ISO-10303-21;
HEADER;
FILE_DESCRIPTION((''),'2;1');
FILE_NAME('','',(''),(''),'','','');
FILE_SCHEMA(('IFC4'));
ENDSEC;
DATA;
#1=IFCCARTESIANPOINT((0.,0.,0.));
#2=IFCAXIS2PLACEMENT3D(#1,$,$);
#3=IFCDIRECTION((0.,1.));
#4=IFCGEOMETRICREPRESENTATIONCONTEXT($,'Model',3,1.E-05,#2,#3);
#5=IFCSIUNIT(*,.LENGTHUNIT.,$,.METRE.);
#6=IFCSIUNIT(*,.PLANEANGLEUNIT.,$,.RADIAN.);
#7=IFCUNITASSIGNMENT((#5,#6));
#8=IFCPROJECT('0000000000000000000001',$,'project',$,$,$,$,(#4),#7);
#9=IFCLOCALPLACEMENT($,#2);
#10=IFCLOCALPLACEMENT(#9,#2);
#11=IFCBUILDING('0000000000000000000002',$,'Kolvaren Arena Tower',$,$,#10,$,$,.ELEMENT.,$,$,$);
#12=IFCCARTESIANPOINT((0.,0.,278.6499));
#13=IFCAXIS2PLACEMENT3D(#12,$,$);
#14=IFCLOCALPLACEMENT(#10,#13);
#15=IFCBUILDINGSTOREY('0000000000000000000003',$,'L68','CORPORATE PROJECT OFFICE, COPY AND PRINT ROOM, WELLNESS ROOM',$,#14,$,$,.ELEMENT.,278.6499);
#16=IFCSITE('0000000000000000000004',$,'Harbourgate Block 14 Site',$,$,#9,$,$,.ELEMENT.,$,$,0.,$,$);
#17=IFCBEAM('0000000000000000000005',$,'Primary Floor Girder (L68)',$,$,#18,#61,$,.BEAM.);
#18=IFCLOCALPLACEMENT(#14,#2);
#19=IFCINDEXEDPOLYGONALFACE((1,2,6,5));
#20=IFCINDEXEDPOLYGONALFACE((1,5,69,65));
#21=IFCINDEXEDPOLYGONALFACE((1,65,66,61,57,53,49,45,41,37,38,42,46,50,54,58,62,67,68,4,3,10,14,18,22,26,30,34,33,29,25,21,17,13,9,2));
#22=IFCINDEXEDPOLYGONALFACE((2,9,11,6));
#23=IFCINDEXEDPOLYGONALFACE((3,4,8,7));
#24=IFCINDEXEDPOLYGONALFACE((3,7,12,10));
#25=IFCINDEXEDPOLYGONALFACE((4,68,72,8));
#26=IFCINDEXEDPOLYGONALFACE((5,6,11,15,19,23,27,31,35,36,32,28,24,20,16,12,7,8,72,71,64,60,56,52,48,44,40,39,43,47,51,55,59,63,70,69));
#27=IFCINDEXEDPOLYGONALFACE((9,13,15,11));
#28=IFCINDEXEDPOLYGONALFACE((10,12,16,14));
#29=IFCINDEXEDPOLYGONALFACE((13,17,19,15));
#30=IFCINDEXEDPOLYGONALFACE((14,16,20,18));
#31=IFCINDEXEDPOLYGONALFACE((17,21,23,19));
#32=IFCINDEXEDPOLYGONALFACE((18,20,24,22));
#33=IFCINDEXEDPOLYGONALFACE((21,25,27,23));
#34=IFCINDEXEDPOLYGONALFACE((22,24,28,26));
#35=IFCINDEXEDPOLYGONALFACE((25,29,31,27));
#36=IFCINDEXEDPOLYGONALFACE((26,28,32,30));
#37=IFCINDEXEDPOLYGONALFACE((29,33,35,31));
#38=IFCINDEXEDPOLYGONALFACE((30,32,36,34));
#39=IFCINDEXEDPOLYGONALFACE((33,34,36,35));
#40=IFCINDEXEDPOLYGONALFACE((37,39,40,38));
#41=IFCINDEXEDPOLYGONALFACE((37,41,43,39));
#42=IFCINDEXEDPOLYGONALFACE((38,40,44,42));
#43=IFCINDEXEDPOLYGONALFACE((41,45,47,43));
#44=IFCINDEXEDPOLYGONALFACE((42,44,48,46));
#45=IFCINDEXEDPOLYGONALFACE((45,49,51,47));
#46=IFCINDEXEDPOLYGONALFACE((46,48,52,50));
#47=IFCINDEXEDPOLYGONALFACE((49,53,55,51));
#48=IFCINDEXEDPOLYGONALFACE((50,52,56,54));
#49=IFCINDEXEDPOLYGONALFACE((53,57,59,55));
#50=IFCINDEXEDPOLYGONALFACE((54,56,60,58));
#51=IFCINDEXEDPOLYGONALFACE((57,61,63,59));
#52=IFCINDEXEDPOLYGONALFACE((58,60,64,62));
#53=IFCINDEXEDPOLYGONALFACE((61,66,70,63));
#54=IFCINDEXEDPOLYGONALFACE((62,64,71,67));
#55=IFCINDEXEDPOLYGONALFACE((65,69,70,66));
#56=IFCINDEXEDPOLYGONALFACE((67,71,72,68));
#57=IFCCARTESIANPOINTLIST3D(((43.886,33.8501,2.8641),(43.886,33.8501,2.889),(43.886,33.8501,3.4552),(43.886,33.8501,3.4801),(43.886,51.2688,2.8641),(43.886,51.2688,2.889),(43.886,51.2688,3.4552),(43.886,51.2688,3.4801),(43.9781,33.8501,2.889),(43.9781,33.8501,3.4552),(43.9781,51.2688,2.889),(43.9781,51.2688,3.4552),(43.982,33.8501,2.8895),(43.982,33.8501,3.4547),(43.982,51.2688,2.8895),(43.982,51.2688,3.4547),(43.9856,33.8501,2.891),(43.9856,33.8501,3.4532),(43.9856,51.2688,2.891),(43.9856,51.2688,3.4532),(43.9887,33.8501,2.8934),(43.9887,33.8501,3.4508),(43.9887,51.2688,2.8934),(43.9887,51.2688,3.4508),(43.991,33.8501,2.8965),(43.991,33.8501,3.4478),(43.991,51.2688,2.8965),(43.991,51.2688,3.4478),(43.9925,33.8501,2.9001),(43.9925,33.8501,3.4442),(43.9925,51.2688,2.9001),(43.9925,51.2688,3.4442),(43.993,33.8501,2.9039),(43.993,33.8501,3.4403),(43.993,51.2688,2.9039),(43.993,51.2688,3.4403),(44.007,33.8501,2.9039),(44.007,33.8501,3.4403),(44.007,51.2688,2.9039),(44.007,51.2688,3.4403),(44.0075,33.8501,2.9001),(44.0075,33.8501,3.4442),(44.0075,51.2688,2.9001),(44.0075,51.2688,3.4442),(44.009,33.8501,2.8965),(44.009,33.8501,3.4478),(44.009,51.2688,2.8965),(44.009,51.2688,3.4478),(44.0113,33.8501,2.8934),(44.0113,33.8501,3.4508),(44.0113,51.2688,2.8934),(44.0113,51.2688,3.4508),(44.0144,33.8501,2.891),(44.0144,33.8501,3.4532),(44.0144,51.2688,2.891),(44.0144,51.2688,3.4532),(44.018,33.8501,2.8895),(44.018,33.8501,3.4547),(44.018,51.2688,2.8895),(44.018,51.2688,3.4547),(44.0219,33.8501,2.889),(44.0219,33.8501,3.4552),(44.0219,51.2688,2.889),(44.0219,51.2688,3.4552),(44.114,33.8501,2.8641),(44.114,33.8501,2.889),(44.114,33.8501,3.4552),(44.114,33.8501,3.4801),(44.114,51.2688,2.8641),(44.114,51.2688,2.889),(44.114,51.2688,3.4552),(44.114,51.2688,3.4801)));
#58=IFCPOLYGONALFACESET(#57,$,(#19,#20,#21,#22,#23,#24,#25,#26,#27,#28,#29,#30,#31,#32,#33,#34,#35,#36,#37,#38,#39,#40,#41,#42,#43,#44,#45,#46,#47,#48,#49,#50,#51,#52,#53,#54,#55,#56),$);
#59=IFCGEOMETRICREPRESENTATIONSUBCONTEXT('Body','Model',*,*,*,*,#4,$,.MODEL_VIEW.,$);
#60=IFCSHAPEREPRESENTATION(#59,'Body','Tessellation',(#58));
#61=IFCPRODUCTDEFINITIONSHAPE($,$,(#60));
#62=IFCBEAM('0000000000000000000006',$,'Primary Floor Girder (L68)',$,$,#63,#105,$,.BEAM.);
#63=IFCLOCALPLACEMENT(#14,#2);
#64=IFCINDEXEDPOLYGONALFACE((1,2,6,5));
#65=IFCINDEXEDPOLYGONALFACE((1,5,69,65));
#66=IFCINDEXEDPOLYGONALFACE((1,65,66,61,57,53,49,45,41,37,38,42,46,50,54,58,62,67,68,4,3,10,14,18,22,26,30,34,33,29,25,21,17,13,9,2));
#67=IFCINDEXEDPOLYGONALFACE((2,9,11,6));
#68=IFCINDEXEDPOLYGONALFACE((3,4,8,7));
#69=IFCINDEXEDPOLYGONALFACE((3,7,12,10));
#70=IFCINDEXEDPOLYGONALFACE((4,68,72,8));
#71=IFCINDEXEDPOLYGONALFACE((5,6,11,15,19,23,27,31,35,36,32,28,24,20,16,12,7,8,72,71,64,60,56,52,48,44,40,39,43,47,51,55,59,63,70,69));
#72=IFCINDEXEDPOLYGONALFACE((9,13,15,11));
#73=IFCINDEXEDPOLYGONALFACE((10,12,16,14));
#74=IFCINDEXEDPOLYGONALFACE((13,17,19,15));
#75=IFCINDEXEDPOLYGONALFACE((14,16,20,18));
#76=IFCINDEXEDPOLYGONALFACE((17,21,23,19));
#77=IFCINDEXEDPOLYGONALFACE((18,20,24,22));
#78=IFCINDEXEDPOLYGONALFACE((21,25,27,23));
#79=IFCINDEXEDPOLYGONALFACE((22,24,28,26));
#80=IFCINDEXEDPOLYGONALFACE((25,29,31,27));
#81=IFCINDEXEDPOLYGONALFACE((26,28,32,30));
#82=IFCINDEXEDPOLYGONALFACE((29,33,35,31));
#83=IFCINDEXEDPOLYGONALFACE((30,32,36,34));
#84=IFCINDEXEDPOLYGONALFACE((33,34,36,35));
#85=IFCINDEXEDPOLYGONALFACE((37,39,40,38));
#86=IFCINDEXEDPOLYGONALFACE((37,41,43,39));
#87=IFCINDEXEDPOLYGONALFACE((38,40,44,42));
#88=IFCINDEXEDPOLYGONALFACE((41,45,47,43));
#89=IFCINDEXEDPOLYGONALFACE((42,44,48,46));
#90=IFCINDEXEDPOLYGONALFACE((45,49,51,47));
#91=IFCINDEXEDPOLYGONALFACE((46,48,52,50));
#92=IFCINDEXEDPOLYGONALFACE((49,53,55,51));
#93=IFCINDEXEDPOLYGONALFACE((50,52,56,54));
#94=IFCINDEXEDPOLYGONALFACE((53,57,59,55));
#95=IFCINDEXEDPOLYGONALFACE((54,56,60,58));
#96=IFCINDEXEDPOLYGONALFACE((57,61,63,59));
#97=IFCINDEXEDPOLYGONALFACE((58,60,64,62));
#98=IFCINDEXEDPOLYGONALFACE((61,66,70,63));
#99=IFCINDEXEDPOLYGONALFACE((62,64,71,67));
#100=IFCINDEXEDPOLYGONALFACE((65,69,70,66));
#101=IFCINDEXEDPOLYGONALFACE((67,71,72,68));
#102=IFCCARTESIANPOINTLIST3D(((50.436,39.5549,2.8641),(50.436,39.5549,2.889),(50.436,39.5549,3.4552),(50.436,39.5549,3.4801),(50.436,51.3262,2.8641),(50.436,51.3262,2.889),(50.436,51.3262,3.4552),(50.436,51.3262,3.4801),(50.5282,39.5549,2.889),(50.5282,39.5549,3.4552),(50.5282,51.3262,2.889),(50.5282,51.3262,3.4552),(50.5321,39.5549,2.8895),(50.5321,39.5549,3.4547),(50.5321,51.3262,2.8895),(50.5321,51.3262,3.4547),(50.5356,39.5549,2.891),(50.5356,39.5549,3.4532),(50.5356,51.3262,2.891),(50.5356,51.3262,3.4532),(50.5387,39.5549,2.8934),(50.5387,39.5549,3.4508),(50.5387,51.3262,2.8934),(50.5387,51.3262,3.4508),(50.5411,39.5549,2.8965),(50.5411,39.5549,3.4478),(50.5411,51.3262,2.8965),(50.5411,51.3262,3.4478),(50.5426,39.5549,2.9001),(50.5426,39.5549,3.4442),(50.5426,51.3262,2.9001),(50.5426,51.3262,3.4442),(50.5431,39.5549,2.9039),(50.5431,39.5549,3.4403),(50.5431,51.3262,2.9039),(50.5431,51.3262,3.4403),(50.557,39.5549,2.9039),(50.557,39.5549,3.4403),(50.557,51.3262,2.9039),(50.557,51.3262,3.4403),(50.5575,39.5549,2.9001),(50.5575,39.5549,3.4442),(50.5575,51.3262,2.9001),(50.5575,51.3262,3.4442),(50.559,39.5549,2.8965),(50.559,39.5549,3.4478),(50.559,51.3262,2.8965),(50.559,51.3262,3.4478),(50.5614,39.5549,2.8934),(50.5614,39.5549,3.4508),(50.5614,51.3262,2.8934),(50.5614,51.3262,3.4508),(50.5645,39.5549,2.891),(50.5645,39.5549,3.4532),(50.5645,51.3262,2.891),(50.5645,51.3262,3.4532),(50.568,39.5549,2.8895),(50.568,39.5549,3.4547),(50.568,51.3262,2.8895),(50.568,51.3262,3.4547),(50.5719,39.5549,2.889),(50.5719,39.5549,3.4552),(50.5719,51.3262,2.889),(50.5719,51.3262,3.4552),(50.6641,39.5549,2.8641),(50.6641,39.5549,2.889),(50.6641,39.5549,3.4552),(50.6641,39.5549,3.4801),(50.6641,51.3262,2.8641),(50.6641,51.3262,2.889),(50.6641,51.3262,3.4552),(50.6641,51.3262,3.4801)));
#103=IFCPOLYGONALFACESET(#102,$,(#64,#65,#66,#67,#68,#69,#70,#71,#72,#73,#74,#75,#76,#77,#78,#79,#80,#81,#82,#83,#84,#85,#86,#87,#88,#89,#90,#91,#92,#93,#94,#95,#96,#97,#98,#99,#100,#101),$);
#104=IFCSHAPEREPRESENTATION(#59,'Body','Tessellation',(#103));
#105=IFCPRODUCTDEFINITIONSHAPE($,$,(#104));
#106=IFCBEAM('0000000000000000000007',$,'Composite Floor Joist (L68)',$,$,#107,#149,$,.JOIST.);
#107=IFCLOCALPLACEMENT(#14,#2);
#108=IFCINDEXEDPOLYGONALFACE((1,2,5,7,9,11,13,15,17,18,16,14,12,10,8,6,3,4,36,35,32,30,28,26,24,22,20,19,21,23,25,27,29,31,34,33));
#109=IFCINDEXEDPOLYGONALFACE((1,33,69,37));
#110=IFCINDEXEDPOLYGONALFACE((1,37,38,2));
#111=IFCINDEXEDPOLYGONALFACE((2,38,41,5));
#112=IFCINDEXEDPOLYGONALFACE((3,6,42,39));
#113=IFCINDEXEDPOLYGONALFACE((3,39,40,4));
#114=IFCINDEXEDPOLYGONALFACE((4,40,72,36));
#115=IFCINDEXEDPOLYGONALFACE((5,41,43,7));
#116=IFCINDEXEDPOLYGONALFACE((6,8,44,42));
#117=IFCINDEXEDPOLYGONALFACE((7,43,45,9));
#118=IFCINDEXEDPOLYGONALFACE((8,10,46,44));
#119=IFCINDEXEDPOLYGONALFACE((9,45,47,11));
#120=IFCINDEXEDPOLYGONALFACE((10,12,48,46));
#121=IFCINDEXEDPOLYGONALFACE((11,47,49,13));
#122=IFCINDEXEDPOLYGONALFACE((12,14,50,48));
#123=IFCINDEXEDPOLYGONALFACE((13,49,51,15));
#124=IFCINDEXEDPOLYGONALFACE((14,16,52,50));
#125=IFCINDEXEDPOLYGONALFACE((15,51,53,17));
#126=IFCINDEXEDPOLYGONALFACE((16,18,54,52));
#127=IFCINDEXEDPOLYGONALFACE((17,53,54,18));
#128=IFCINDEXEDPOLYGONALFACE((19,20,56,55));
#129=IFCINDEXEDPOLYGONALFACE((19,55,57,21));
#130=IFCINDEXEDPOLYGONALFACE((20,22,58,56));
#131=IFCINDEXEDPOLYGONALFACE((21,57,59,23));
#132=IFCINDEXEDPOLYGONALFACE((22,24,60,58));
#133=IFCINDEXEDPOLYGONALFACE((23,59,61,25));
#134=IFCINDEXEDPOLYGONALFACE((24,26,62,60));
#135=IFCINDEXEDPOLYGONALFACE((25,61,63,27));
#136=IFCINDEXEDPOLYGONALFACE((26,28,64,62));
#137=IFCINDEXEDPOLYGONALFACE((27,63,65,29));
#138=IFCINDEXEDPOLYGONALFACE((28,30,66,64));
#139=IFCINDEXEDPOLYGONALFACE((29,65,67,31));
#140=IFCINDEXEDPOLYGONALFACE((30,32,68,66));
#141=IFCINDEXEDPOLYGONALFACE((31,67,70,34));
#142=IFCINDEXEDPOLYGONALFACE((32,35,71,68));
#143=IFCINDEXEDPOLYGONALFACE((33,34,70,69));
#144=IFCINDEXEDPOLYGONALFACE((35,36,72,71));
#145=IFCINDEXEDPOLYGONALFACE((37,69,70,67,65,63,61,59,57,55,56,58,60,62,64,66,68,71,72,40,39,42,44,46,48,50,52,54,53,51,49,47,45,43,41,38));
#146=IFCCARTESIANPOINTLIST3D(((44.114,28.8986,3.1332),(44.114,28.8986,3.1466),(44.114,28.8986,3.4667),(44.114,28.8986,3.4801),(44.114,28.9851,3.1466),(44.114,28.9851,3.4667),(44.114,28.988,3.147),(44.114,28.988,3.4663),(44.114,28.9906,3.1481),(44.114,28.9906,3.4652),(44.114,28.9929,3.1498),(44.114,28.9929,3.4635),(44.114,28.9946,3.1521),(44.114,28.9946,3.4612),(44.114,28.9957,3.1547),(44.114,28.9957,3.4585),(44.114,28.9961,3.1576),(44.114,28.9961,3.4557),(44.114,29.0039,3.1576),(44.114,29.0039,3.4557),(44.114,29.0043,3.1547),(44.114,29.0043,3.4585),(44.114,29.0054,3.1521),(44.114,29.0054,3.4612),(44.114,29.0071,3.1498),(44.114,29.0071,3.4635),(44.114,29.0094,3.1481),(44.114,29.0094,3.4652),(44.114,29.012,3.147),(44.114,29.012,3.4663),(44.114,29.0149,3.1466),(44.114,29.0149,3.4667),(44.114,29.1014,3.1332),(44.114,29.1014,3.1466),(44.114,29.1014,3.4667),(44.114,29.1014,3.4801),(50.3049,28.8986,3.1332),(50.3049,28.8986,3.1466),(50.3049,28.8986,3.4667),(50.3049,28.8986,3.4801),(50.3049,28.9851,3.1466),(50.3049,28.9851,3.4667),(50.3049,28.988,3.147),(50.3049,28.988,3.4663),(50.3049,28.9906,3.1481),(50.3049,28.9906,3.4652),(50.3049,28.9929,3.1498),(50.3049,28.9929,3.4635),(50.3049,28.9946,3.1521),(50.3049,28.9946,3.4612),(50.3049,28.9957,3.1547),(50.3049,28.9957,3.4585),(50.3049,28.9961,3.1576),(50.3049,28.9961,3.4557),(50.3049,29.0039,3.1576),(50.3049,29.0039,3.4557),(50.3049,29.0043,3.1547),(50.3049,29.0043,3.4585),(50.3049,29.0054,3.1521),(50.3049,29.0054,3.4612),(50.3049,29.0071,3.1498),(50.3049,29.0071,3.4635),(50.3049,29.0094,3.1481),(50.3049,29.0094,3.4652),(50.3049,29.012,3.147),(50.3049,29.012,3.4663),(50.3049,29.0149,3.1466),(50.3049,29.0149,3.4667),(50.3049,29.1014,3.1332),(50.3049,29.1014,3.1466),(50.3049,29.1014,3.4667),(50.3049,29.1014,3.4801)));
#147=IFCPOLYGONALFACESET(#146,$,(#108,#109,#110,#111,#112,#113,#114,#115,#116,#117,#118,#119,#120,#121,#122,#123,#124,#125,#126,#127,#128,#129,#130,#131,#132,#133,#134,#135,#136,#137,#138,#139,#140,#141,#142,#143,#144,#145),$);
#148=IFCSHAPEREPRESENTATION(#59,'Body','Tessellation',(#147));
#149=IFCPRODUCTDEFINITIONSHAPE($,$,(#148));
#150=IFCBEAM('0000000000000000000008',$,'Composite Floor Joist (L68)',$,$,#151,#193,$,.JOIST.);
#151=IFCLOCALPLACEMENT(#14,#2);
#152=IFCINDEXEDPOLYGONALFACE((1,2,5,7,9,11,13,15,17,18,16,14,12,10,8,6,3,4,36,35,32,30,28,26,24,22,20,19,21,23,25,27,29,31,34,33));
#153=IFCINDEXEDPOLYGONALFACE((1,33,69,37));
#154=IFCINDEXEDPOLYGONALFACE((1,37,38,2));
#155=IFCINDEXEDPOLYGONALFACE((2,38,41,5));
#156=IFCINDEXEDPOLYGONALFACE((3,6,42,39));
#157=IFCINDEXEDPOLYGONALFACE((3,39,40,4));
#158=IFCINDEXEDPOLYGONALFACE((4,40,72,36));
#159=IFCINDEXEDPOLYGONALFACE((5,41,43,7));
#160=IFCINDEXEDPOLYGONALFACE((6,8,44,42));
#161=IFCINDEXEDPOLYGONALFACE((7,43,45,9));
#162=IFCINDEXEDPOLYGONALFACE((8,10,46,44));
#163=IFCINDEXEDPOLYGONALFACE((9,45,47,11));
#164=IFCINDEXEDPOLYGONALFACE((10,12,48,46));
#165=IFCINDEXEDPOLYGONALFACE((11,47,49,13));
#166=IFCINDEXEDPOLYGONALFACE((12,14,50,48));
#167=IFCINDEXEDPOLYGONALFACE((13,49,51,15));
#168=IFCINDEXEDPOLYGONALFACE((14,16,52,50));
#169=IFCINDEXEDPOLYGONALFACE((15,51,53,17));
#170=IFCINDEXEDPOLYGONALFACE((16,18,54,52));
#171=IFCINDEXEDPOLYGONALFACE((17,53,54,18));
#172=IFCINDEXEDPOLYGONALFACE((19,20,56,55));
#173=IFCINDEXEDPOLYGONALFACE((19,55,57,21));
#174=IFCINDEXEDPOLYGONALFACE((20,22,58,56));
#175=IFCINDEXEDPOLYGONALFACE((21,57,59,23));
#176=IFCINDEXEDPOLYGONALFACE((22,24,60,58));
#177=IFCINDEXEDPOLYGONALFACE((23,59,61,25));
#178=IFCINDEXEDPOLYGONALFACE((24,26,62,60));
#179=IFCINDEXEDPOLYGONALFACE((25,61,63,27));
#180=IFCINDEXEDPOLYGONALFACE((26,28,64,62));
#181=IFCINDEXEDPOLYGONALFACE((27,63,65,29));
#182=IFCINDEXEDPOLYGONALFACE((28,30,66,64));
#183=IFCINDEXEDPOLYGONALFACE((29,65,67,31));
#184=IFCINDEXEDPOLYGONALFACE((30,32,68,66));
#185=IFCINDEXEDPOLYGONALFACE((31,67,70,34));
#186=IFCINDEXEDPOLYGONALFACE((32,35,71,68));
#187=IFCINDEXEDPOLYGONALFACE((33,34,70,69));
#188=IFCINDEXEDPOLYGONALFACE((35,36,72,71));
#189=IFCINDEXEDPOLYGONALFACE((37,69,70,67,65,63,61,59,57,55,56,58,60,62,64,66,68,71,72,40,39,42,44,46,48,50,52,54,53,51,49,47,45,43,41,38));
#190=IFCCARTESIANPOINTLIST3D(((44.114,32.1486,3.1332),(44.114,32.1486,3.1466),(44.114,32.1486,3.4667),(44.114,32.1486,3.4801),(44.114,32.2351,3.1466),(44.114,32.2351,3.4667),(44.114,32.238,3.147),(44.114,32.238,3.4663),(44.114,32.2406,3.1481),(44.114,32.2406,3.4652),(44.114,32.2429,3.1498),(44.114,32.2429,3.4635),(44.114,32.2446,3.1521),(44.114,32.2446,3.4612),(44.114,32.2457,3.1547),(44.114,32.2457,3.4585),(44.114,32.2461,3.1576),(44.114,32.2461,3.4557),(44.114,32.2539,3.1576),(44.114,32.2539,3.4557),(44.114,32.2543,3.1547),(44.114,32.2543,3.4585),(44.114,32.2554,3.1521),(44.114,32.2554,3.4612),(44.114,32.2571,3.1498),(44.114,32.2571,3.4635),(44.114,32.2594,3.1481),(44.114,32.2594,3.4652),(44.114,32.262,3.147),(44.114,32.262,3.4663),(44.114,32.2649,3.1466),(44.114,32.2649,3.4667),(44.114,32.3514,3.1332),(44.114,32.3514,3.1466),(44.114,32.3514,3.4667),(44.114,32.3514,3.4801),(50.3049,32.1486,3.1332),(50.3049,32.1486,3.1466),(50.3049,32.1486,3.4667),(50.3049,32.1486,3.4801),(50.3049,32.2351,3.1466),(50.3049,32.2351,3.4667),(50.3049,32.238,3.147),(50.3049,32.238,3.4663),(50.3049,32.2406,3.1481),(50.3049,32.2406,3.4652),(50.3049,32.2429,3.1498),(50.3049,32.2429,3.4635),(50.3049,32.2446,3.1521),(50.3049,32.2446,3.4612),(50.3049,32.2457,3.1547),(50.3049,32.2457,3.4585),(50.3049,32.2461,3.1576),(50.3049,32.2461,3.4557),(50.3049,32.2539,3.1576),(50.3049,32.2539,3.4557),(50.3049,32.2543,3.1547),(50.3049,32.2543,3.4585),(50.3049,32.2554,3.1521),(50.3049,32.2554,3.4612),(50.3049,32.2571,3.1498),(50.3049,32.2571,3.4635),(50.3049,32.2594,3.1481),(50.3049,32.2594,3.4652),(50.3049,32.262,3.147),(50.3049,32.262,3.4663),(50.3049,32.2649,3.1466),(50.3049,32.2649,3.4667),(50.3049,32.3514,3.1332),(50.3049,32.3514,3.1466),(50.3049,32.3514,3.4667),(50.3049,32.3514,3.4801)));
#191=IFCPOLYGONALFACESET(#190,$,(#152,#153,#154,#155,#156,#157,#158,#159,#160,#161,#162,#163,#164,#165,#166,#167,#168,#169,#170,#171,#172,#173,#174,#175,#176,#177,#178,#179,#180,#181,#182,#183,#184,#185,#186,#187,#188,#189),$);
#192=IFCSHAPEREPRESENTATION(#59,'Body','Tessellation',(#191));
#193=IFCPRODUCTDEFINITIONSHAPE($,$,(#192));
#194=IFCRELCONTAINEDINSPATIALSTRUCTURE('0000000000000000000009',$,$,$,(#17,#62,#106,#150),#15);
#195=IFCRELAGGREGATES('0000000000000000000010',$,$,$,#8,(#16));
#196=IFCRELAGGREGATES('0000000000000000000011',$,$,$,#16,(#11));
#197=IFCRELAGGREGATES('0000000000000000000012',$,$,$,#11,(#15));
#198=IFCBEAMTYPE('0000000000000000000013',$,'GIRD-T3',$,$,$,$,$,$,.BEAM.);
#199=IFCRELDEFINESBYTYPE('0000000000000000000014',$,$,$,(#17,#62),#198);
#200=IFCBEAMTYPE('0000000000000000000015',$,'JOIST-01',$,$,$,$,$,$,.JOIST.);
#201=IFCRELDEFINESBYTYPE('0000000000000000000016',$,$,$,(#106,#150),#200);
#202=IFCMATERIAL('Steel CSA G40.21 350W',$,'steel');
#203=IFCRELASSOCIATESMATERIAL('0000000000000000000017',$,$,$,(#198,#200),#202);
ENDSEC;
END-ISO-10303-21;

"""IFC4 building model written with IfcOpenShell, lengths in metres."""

from ifc_helpers import new_model, si_unit, direction, frame, origin, origin_2d, place, context, subcontext, project, spatial, i_section, extrude, material, material_profile, profile_set, type_object, element, save


model = new_model("IFC4")

# Units and contexts
model_context = context("Model", 3, precision=1e-05, world=origin(), true_north=direction((0.0, 1.0)))
body_context = subcontext(model_context, "Body", "Model", "MODEL_VIEW")
ifc_project = project(units=[si_unit("LENGTHUNIT", "METRE"), si_unit("PLANEANGLEUNIT", "RADIAN")], contexts=[model_context])

# Site, building, storey
site_placement = place(None, origin())
site = spatial("IfcSite", under=ifc_project, at=site_placement, Name="Harbourgate Block 14 Site", CompositionType="ELEMENT", RefElevation=0.0)
building_placement = place(site_placement, origin())
building = spatial("IfcBuilding", under=site, at=building_placement, Name="Kolvaren Arena Tower", CompositionType="ELEMENT")
storey_placement = place(building_placement, frame((0.0, 0.0, 278.6499)))
storey = spatial("IfcBuildingStorey", under=building, at=storey_placement, Name="L68", Description="CORPORATE PROJECT OFFICE, COPY AND PRINT ROOM, WELLNESS ROOM", CompositionType="ELEMENT", Elevation=278.6499)

# Beams
ifc_material_1 = material(Name="Steel CSA G40.21 350W", Category="steel")
ifc_material_profile_1 = material_profile(ifc_material_1, i_section(OverallWidth=0.228, OverallDepth=0.616, WebThickness=0.0139, FlangeThickness=0.0249, FilletRadius=0.0149, at=origin_2d()), Name="W610x174")
ifc_profile_set_1 = profile_set([ifc_material_profile_1], Name="Steel CSA G40.21 350W")
beam_type_1 = type_object("IfcBeamType", Name="GIRD-T3", PredefinedType="BEAM", material=ifc_profile_set_1)
beam_1_placement = place(storey_placement, frame((44.0, 33.8501, 3.1721), z_axis=(0.0, 1.0, 0.0), x_axis=(-1.0, 0.0, 0.0)))
element("IfcBeam", 1, at=beam_1_placement, inside=storey, type_object=beam_type_1, Name="Primary Floor Girder (L68)", PredefinedType="BEAM", context=body_context, shape_type="SweptSolid", body=[
    extrude(i_section(OverallWidth=0.228, OverallDepth=0.616, WebThickness=0.0139, FlangeThickness=0.0249, FilletRadius=0.0149, at=origin_2d()), origin(), (0.0, 0.0, 1.0), 17.4187),
])
beam_2_placement = place(storey_placement, frame((50.55, 39.5549, 3.1721), z_axis=(0.0, 1.0, 0.0), x_axis=(-1.0, 0.0, 0.0)))
element("IfcBeam", 2, at=beam_2_placement, inside=storey, type_object=beam_type_1, Name="Primary Floor Girder (L68)", PredefinedType="BEAM", context=body_context, shape_type="SweptSolid", body=[
    extrude(i_section(OverallWidth=0.228, OverallDepth=0.616, WebThickness=0.0139, FlangeThickness=0.0249, FilletRadius=0.0149, at=origin_2d()), origin(), (0.0, 0.0, 1.0), 11.7712),
])
ifc_material_profile_2 = material_profile(ifc_material_1, i_section(OverallWidth=0.2029, OverallDepth=0.3469, WebThickness=0.0078, FlangeThickness=0.0134, FilletRadius=0.011, at=origin_2d()), Name="W360x64")
ifc_profile_set_2 = profile_set([ifc_material_profile_2], Name="Steel CSA G40.21 350W")
beam_type_2 = type_object("IfcBeamType", Name="JOIST-01", PredefinedType="JOIST", material=ifc_profile_set_2)
for number, where, z_axis, x_axis, name in (
    (3, (44.114, 29.0, 3.3066), (1.0, 0.0, 0.0), (0.0, 1.0, 0.0), "Composite Floor Joist (L68)"),
    (4, (44.114, 32.25, 3.3066), (1.0, 0.0, 0.0), (0.0, 1.0, 0.0), "Composite Floor Joist (L68)"),
):
    element("IfcBeam", number, at=place(storey_placement, frame(where, z_axis=z_axis, x_axis=x_axis)), inside=storey, type_object=beam_type_2, Name=name, PredefinedType="JOIST", context=body_context, shape_type="SweptSolid", body=[
        extrude(i_section(OverallWidth=0.2029, OverallDepth=0.3469, WebThickness=0.0078, FlangeThickness=0.0134, FilletRadius=0.011, at=origin_2d()), origin(), (0.0, 0.0, 1.0), 6.1909),
    ])

save(model, "model.ifc")
